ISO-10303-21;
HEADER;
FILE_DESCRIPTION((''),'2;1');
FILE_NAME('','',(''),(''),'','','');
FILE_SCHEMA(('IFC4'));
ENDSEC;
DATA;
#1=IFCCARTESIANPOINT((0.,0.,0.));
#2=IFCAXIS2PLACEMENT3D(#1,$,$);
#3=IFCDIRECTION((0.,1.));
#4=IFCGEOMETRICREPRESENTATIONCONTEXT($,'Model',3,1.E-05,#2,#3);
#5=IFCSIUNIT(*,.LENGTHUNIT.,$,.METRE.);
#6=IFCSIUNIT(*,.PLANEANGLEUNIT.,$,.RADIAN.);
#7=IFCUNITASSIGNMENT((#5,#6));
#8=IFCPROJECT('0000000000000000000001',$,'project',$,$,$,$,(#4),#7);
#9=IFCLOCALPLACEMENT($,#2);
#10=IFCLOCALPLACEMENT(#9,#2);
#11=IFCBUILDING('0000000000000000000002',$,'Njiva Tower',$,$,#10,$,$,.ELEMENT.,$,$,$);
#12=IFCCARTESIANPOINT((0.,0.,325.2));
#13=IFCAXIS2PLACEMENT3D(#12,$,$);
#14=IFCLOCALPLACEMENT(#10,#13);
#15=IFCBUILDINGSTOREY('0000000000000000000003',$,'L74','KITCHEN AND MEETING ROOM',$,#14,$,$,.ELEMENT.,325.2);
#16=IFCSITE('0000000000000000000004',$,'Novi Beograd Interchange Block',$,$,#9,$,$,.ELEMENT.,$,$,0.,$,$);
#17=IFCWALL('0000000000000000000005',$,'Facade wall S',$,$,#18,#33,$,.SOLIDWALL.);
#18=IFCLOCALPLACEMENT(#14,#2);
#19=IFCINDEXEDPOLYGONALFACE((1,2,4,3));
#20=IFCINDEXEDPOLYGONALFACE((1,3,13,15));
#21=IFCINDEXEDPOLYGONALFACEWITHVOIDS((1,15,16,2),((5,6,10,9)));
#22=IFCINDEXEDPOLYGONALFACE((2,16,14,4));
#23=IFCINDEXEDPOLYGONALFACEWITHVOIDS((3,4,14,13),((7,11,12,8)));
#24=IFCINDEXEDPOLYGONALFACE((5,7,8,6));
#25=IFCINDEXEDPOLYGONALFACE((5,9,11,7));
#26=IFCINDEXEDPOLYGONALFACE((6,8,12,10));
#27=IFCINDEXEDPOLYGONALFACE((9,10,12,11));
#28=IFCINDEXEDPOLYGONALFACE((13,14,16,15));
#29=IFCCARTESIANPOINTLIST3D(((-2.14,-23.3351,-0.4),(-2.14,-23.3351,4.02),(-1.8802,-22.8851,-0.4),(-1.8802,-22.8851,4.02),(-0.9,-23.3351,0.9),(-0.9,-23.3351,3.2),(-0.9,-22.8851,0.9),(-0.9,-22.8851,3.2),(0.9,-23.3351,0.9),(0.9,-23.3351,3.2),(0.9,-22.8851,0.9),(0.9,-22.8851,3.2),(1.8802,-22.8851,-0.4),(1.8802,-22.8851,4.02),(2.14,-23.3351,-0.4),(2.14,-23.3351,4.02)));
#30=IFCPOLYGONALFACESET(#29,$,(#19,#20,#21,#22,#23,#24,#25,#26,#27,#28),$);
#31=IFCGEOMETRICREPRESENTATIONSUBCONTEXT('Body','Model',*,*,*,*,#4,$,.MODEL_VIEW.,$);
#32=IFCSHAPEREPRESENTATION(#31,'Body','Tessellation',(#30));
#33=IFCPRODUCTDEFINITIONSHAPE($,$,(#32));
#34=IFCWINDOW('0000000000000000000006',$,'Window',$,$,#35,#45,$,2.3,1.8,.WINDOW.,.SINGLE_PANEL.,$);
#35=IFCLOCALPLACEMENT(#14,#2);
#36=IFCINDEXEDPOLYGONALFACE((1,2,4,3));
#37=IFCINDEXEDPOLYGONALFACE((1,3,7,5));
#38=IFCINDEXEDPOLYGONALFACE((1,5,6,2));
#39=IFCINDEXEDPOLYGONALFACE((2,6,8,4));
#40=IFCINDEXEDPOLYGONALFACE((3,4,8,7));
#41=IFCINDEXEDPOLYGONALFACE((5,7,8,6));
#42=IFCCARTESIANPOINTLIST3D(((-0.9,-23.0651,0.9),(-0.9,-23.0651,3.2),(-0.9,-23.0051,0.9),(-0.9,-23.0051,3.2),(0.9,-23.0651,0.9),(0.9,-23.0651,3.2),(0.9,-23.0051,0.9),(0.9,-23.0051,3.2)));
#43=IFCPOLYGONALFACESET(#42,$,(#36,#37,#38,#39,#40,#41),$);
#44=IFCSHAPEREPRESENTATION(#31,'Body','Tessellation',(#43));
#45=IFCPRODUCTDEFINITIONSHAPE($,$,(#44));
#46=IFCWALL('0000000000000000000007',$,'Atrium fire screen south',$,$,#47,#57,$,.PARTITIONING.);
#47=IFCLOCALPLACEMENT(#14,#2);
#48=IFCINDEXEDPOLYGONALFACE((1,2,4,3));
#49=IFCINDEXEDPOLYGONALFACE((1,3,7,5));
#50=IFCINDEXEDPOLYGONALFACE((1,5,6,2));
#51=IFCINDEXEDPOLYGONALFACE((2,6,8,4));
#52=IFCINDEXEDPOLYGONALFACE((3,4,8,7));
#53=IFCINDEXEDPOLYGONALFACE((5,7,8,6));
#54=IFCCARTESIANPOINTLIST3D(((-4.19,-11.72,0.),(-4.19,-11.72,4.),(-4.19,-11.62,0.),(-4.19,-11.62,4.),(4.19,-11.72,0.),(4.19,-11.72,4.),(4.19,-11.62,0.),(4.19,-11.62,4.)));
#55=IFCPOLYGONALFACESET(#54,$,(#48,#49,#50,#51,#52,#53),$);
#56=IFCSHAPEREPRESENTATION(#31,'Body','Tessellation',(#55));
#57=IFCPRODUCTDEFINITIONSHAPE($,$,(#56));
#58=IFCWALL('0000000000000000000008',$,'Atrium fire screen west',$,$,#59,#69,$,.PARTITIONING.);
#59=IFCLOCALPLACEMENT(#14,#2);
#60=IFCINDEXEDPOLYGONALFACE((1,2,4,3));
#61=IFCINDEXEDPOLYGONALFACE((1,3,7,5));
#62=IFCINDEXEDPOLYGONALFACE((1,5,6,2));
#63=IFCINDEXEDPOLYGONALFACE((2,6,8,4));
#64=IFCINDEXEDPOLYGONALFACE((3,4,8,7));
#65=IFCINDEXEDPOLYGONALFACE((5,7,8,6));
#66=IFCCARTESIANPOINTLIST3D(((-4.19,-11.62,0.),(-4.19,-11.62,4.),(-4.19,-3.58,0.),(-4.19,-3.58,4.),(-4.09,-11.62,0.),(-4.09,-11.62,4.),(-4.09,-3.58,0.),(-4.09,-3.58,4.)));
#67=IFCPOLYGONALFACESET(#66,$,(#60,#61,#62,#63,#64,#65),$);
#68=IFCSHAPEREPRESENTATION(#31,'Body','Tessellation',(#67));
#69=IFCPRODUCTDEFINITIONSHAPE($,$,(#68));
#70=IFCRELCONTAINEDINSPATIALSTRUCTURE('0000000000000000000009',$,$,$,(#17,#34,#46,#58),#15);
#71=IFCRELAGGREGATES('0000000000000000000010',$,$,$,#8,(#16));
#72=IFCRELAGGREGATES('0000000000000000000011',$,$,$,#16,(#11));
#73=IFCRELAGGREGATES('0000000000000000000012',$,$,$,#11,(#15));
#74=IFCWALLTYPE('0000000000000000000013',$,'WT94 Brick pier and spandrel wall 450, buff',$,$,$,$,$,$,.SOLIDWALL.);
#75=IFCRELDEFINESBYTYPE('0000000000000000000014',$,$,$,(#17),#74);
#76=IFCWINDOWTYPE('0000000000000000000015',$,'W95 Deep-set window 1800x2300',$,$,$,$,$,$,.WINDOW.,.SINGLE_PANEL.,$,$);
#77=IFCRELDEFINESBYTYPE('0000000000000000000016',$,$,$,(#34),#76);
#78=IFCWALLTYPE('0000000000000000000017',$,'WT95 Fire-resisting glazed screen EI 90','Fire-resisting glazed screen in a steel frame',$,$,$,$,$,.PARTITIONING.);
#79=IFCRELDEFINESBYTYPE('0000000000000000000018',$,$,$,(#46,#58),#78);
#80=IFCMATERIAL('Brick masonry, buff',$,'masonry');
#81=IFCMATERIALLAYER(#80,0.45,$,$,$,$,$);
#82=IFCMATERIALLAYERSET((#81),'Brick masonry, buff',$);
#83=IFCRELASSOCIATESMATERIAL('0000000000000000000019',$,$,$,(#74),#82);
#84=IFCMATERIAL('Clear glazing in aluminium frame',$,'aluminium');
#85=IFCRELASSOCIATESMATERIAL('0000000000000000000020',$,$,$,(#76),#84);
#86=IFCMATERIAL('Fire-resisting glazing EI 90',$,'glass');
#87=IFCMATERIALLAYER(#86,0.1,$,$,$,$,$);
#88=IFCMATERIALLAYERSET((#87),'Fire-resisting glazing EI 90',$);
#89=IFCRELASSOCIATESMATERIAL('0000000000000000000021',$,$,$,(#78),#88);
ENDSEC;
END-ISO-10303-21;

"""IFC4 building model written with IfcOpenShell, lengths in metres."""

from ifc_helpers import new_model, si_unit, direction, frame, frame_2d, origin, place, context, subcontext, project, spatial, polyline, rectangle, outline, extrude, material, layer, layer_set, type_object, element, fill, save


model = new_model("IFC4")

# Units and contexts
model_context = context("Model", 3, precision=1e-05, world=origin(), true_north=direction((0.0, 1.0)))
body_context = subcontext(model_context, "Body", "Model", "MODEL_VIEW")
ifc_project = project(units=[si_unit("LENGTHUNIT", "METRE"), si_unit("PLANEANGLEUNIT", "RADIAN")], contexts=[model_context])

# Site, building, storey
site_placement = place(None, origin())
site = spatial("IfcSite", under=ifc_project, at=site_placement, Name="Novi Beograd Interchange Block", CompositionType="ELEMENT", RefElevation=0.0)
building_placement = place(site_placement, origin())
building = spatial("IfcBuilding", under=site, at=building_placement, Name="Njiva Tower", CompositionType="ELEMENT")
storey_placement = place(building_placement, frame((0.0, 0.0, 325.2)))
storey = spatial("IfcBuildingStorey", under=building, at=storey_placement, Name="L74", Description="KITCHEN AND MEETING ROOM", CompositionType="ELEMENT", Elevation=325.2)

# Wall, opening, window
ifc_material_1 = material(Name="Brick masonry, buff", Category="masonry")
ifc_layer_1 = layer(ifc_material_1, 0.45)
ifc_layer_set_1 = layer_set([ifc_layer_1], Name="Brick masonry, buff")
wall_type_1 = type_object("IfcWallType", Name="WT94 Brick pier and spandrel wall 450, buff", PredefinedType="SOLIDWALL", material=ifc_layer_set_1)
wall_1_placement = place(storey_placement, frame((-2.0101, -23.1101, -0.4), z_axis=(0.0, 0.0, 1.0), x_axis=(1.0, 0.0, 0.0)))
wall_1 = element("IfcWall", 1, at=wall_1_placement, inside=storey, type_object=wall_type_1, Name="Facade wall S", PredefinedType="SOLIDWALL", context=body_context, shape_type="SweptSolid", body=[
    extrude(outline(polyline([(-0.1299, -0.225), (4.1501, -0.225), (3.8903, 0.225), (0.1299, 0.225), (-0.1299, -0.225)])), origin(), (0.0, 0.0, 1.0), 4.42),
])
opening_1_placement = place(wall_1_placement, frame((1.1101, 0.0, 1.3)))
opening_1 = element("IfcOpeningElement", 2, at=opening_1_placement, cuts=wall_1, PredefinedType="OPENING", context=body_context, shape_type="SweptSolid", body=[
    extrude(rectangle(XDim=1.8, YDim=2.3, at=frame_2d((0.9, 1.15))), frame((0.0, 0.235, 0.0), z_axis=(0.0, -1.0, 0.0), x_axis=(1.0, 0.0, 0.0)), (0.0, 0.0, 1.0), 0.47),
])
ifc_material_2 = material(Name="Clear glazing in aluminium frame", Category="aluminium")
window_type = type_object("IfcWindowType", Name="W95 Deep-set window 1800x2300", PartitioningType="SINGLE_PANEL", PredefinedType="WINDOW", material=ifc_material_2)
window_placement = place(opening_1_placement, origin())
window = element("IfcWindow", 3, at=window_placement, inside=storey, type_object=window_type, Name="Window", OverallHeight=2.3, OverallWidth=1.8, PartitioningType="SINGLE_PANEL", PredefinedType="WINDOW", context=body_context, shape_type="SweptSolid", body=[
    extrude(rectangle(XDim=1.8, YDim=2.3, at=frame_2d((0.9, 1.15))), frame((0.0, 0.105, 0.0), z_axis=(0.0, -1.0, 0.0), x_axis=(1.0, 0.0, 0.0)), (0.0, 0.0, 1.0), 0.06),
])
fill(opening_1, window)

# Walls
ifc_material_3 = material(Name="Fire-resisting glazing EI 90", Category="glass")
ifc_layer_2 = layer(ifc_material_3, 0.1)
ifc_layer_set_2 = layer_set([ifc_layer_2], Name="Fire-resisting glazing EI 90")
wall_type_2 = type_object("IfcWallType", Name="WT95 Fire-resisting glazed screen EI 90", Description="Fire-resisting glazed screen in a steel frame", PredefinedType="PARTITIONING", material=ifc_layer_set_2)
wall_2_placement = place(storey_placement, frame((-4.19, -11.67, 0.0), z_axis=(0.0, 0.0, 1.0), x_axis=(1.0, 0.0, 0.0)))
element("IfcWall", 4, at=wall_2_placement, inside=storey, type_object=wall_type_2, Name="Atrium fire screen south", PredefinedType="PARTITIONING", context=body_context, shape_type="SweptSolid", body=[
    extrude(rectangle(XDim=8.38, YDim=0.1, at=frame_2d((4.19, 0.0))), origin(), (0.0, 0.0, 1.0), 4.0),
])
wall_3_placement = place(storey_placement, frame((-4.14, -3.58, 0.0), z_axis=(0.0, 0.0, 1.0), x_axis=(0.0, -1.0, 0.0)))
element("IfcWall", 5, at=wall_3_placement, inside=storey, type_object=wall_type_2, Name="Atrium fire screen west", PredefinedType="PARTITIONING", context=body_context, shape_type="SweptSolid", body=[
    extrude(rectangle(XDim=8.04, YDim=0.1, at=frame_2d((4.02, 0.0))), origin(), (0.0, 0.0, 1.0), 4.0),
])

save(model, "model.ifc")
